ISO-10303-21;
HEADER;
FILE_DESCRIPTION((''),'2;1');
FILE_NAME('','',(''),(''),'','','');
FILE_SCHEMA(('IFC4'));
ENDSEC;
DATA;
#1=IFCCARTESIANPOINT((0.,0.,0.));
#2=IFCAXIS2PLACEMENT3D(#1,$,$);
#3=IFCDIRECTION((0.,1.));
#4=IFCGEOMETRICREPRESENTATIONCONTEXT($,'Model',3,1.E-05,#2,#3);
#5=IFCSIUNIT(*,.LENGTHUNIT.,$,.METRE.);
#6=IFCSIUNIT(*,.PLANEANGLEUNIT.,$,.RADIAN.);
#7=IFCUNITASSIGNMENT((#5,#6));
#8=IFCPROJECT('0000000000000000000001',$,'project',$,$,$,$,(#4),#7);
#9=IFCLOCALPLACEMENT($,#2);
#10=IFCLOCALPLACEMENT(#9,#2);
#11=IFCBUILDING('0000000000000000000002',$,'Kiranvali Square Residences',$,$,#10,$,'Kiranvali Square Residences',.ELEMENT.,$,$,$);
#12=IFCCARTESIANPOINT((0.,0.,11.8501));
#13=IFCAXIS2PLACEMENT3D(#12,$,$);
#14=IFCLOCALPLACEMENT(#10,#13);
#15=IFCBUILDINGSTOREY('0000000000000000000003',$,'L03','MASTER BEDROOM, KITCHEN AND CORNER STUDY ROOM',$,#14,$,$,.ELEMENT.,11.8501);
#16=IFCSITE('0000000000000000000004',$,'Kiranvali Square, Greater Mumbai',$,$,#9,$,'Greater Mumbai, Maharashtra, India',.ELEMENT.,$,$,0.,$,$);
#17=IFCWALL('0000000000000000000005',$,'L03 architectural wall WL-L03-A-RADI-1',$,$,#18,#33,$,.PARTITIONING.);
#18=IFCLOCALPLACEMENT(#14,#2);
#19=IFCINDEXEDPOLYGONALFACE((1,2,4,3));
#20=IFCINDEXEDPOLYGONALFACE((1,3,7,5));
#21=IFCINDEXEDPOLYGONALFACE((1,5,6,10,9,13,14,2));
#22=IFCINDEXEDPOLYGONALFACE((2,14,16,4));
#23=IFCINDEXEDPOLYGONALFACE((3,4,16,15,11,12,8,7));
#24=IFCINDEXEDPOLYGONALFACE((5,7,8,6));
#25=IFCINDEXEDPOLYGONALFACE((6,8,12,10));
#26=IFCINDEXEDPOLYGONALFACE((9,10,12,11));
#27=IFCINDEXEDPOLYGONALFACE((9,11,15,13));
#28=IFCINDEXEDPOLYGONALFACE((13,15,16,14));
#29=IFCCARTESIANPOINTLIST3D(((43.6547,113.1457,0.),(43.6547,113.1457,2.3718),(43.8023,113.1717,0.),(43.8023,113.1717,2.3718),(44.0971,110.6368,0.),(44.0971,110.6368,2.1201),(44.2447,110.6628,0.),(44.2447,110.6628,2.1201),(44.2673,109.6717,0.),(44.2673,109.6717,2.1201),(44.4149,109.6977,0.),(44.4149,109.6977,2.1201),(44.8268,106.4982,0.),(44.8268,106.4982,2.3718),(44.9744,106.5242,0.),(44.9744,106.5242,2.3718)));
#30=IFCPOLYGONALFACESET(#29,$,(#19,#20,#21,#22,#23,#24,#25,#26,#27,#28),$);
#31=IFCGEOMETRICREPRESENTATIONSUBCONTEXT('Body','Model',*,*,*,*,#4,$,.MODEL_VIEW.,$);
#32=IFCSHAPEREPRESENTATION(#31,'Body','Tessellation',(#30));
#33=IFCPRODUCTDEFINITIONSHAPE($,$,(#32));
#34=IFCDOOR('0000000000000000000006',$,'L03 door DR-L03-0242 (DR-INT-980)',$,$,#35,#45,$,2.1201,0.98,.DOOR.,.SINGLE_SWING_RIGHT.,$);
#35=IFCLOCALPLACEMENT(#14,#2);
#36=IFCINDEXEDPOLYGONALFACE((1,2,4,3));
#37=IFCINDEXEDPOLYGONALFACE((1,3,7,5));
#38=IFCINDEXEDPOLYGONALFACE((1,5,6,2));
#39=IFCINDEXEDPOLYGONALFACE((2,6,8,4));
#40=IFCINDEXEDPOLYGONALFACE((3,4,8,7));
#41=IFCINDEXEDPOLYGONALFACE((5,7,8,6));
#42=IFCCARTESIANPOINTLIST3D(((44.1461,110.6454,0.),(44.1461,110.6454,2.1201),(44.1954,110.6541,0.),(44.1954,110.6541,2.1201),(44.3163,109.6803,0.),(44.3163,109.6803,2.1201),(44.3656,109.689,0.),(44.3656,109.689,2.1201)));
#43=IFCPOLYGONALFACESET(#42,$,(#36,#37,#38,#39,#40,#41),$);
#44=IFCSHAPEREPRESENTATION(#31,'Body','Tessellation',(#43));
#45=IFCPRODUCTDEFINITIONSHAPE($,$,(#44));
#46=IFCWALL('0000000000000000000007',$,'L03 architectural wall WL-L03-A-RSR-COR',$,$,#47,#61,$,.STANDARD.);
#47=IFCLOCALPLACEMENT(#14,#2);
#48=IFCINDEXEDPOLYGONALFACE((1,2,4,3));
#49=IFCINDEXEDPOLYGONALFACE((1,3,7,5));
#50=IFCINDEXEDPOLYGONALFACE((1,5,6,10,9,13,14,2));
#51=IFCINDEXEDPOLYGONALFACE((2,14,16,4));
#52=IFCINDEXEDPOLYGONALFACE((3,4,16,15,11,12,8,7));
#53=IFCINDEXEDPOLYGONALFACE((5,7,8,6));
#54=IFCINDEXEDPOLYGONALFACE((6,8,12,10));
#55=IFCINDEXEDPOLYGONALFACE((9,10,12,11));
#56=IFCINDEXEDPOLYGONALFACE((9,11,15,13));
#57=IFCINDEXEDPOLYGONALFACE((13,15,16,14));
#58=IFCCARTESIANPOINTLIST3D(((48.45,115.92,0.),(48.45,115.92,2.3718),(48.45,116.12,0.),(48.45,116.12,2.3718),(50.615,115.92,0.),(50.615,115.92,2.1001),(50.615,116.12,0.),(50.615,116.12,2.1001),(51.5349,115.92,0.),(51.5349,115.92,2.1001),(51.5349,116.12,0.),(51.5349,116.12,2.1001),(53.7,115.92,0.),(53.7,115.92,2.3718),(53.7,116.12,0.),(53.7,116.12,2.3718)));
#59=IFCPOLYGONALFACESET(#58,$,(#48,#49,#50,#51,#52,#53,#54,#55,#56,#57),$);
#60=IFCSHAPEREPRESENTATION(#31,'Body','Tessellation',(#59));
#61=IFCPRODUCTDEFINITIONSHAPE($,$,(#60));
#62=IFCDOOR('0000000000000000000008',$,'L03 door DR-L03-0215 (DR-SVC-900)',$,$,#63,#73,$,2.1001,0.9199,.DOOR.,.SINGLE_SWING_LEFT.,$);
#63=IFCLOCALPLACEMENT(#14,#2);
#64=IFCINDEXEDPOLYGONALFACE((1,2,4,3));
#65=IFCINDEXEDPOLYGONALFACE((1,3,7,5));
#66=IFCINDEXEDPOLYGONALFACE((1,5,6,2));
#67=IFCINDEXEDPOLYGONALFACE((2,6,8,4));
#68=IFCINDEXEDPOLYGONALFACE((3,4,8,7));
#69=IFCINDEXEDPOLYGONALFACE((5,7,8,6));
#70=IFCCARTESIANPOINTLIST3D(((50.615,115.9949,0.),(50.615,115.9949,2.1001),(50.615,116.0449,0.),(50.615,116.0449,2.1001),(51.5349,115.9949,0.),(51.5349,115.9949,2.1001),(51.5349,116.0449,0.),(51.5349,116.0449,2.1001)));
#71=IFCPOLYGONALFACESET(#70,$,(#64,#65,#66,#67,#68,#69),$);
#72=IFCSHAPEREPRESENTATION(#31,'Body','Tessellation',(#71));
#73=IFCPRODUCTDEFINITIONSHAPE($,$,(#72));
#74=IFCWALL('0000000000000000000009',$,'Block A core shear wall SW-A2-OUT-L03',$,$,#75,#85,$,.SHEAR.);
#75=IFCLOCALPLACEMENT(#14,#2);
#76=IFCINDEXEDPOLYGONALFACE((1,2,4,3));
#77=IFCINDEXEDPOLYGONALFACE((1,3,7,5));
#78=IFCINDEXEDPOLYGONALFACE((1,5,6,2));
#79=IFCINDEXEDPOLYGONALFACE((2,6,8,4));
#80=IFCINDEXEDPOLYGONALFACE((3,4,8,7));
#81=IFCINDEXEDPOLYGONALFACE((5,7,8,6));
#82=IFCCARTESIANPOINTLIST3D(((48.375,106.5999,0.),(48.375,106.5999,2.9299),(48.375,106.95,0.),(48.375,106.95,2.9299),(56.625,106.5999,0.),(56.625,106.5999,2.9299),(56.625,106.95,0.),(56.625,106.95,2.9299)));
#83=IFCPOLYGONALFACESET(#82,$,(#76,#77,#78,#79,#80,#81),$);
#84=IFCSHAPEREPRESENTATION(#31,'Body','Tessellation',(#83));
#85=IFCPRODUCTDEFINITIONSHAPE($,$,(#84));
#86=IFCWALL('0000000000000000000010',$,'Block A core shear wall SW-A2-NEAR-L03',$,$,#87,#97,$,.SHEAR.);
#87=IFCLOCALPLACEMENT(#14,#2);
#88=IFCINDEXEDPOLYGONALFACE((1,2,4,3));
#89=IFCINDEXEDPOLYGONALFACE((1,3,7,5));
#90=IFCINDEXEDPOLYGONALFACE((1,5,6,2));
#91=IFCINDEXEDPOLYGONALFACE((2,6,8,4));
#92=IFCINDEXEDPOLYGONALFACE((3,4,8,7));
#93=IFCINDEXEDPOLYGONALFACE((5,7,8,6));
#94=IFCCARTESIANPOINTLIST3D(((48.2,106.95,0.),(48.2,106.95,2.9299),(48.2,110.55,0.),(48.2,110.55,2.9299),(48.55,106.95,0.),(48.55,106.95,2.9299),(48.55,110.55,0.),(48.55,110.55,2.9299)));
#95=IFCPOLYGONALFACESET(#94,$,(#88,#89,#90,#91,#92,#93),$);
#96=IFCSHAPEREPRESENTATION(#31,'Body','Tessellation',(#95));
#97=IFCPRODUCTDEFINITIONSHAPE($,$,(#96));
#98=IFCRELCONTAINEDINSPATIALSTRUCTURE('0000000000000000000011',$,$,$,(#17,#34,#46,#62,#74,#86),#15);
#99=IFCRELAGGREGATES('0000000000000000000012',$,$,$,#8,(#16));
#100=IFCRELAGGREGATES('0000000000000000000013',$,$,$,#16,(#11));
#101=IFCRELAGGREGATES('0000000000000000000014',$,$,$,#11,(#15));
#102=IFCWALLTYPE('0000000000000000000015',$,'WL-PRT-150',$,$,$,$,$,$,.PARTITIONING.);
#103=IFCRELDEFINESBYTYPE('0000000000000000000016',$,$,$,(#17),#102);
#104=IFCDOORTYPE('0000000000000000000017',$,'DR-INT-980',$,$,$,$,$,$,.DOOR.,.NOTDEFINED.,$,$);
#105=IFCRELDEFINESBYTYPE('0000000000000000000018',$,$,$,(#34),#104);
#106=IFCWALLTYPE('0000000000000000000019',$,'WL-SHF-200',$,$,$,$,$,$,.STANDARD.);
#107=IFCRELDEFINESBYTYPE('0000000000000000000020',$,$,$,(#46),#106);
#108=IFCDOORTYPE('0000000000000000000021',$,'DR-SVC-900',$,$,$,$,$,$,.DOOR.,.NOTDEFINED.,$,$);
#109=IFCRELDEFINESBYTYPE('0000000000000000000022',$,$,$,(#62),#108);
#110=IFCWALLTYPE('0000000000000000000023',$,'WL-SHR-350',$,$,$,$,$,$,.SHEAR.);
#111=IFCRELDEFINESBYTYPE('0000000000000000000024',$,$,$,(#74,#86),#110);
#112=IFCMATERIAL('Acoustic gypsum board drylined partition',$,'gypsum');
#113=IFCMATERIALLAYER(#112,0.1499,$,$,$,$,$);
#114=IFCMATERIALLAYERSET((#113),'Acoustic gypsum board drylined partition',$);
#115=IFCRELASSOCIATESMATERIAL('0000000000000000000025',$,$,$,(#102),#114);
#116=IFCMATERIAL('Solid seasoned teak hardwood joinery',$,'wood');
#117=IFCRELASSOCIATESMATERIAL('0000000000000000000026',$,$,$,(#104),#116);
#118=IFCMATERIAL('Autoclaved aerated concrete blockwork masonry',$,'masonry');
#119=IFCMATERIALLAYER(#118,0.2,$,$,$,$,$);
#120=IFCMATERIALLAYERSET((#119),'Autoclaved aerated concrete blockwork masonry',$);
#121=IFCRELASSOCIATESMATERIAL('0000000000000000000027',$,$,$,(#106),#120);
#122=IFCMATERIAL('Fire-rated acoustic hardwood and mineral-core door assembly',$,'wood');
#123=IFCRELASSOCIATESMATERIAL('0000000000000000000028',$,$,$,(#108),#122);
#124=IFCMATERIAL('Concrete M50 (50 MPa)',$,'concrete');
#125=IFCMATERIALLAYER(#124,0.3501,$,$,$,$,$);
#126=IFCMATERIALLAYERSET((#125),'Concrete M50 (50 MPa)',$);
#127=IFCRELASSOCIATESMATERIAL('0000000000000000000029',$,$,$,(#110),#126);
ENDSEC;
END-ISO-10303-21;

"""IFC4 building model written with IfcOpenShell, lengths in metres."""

from ifc_helpers import new_model, si_unit, direction, frame, frame_2d, origin, place, context, subcontext, project, spatial, rectangle, extrude, material, layer, layer_set, type_object, element, fill, save


model = new_model("IFC4")

# Units and contexts
model_context = context("Model", 3, precision=1e-05, world=origin(), true_north=direction((0.0, 1.0)))
body_context = subcontext(model_context, "Body", "Model", "MODEL_VIEW")
ifc_project = project(units=[si_unit("LENGTHUNIT", "METRE"), si_unit("PLANEANGLEUNIT", "RADIAN")], contexts=[model_context])

# Site, building, storey
site_placement = place(None, origin())
site = spatial("IfcSite", under=ifc_project, at=site_placement, Name="Kiranvali Square, Greater Mumbai", LongName="Greater Mumbai, Maharashtra, India", CompositionType="ELEMENT", RefElevation=0.0)
building_placement = place(site_placement, origin())
building = spatial("IfcBuilding", under=site, at=building_placement, Name="Kiranvali Square Residences", LongName="Kiranvali Square Residences", CompositionType="ELEMENT")
storey_placement = place(building_placement, frame((0.0, 0.0, 11.8501)))
storey = spatial("IfcBuildingStorey", under=building, at=storey_placement, Name="L03", Description="MASTER BEDROOM, KITCHEN AND CORNER STUDY ROOM", CompositionType="ELEMENT", Elevation=11.8501)

# Shared definitions
ifc_material_1 = material(Name="Autoclaved aerated concrete blockwork masonry", Category="masonry")
ifc_material_2 = material(Name="Fire-rated acoustic hardwood and mineral-core door assembly", Category="wood")

# Walls, openings, doors
ifc_material_3 = material(Name="Acoustic gypsum board drylined partition", Category="gypsum")
ifc_layer_1 = layer(ifc_material_3, 0.1499)
ifc_layer_set_1 = layer_set([ifc_layer_1], Name="Acoustic gypsum board drylined partition")
wall_type_1 = type_object("IfcWallType", Name="WL-PRT-150", PredefinedType="PARTITIONING", material=ifc_layer_set_1)
wall_1_placement = place(storey_placement, frame((44.9006, 106.5112, 0.0), z_axis=(0.0, 0.0, 1.0), x_axis=(-0.173647, 0.984808, 0.0)))
wall_1 = element("IfcWall", 1, at=wall_1_placement, inside=storey, type_object=wall_type_1, Name="L03 architectural wall WL-L03-A-RADI-1", PredefinedType="PARTITIONING", context=body_context, shape_type="SweptSolid", body=[
    extrude(rectangle(XDim=6.75, YDim=0.1499, at=frame_2d((3.375, 0.0))), origin(), (0.0, 0.0, 1.0), 2.3718),
])
opening_1_placement = place(wall_1_placement, frame((3.2224, 0.0, 0.0)))
opening_1 = element("IfcOpeningElement", 2, at=opening_1_placement, cuts=wall_1, PredefinedType="OPENING", context=body_context, shape_type="SweptSolid", body=[
    extrude(rectangle(XDim=0.98, YDim=2.1201, at=frame_2d((0.49, 1.0601))), frame((0.0, 0.085, 0.0), z_axis=(0.0, -1.0, 0.0), x_axis=(1.0, 0.0, 0.0)), (0.0, 0.0, 1.0), 0.1699),
])
ifc_material_4 = material(Name="Solid seasoned teak hardwood joinery", Category="wood")
door_type_1 = type_object("IfcDoorType", Name="DR-INT-980", OperationType="NOTDEFINED", PredefinedType="DOOR", material=ifc_material_4)
door_1_placement = place(opening_1_placement, frame((0.98, 0.0, 0.0), z_axis=(0.0, 0.0, 1.0), x_axis=(-1.0, 0.0, 0.0)))
door_1 = element("IfcDoor", 3, at=door_1_placement, inside=storey, type_object=door_type_1, Name="L03 door DR-L03-0242 (DR-INT-980)", OperationType="SINGLE_SWING_RIGHT", OverallHeight=2.1201, OverallWidth=0.98, PredefinedType="DOOR", context=body_context, shape_type="SweptSolid", body=[
    extrude(rectangle(XDim=0.98, YDim=2.1201, at=frame_2d((0.49, 1.0601))), frame((0.0, 0.0249, 0.0), z_axis=(0.0, -1.0, 0.0), x_axis=(1.0, 0.0, 0.0)), (0.0, 0.0, 1.0), 0.05),
])
fill(opening_1, door_1)
ifc_layer_2 = layer(ifc_material_1, 0.2)
ifc_layer_set_2 = layer_set([ifc_layer_2], Name="Autoclaved aerated concrete blockwork masonry")
wall_type_2 = type_object("IfcWallType", Name="WL-SHF-200", PredefinedType="STANDARD", material=ifc_layer_set_2)
wall_2_placement = place(storey_placement, frame((48.45, 116.02, 0.0), z_axis=(0.0, 0.0, 1.0), x_axis=(1.0, 0.0, 0.0)))
wall_2 = element("IfcWall", 4, at=wall_2_placement, inside=storey, type_object=wall_type_2, Name="L03 architectural wall WL-L03-A-RSR-COR", PredefinedType="STANDARD", context=body_context, shape_type="SweptSolid", body=[
    extrude(rectangle(XDim=5.25, YDim=0.2, at=frame_2d((2.625, 0.0))), origin(), (0.0, 0.0, 1.0), 2.3718),
])
opening_2_placement = place(wall_2_placement, frame((2.165, 0.0, 0.0)))
opening_2 = element("IfcOpeningElement", 5, at=opening_2_placement, cuts=wall_2, PredefinedType="OPENING", context=body_context, shape_type="SweptSolid", body=[
    extrude(rectangle(XDim=0.9199, YDim=2.1001, at=frame_2d((0.46, 1.05))), frame((0.0, 0.1099, 0.0), z_axis=(0.0, -1.0, 0.0), x_axis=(1.0, 0.0, 0.0)), (0.0, 0.0, 1.0), 0.22),
])
door_type_2 = type_object("IfcDoorType", Name="DR-SVC-900", OperationType="NOTDEFINED", PredefinedType="DOOR", material=ifc_material_2)
door_2_placement = place(opening_2_placement, origin())
door_2 = element("IfcDoor", 6, at=door_2_placement, inside=storey, type_object=door_type_2, Name="L03 door DR-L03-0215 (DR-SVC-900)", OperationType="SINGLE_SWING_LEFT", OverallHeight=2.1001, OverallWidth=0.9199, PredefinedType="DOOR", context=body_context, shape_type="SweptSolid", body=[
    extrude(rectangle(XDim=0.9199, YDim=2.1001, at=frame_2d((0.46, 1.05))), frame((0.0, 0.0249, 0.0), z_axis=(0.0, -1.0, 0.0), x_axis=(1.0, 0.0, 0.0)), (0.0, 0.0, 1.0), 0.05),
])
fill(opening_2, door_2)

# Wall
ifc_material_5 = material(Name="Concrete M50 (50 MPa)", Category="concrete")
ifc_layer_3 = layer(ifc_material_5, 0.3501)
ifc_layer_set_3 = layer_set([ifc_layer_3], Name="Concrete M50 (50 MPa)")
wall_type_3 = type_object("IfcWallType", Name="WL-SHR-350", PredefinedType="SHEAR", material=ifc_layer_set_3)
wall_3_placement = place(storey_placement, frame((48.375, 106.7749, 0.0), z_axis=(0.0, 0.0, 1.0), x_axis=(1.0, 0.0, 0.0)))
element("IfcWall", 7, at=wall_3_placement, inside=storey, type_object=wall_type_3, Name="Block A core shear wall SW-A2-OUT-L03", PredefinedType="SHEAR", context=body_context, shape_type="SweptSolid", body=[
    extrude(rectangle(XDim=8.25, YDim=0.3501, at=frame_2d((4.125, 0.0))), origin(), (0.0, 0.0, 1.0), 2.9299),
])

# Wall
wall_4_placement = place(storey_placement, frame((48.375, 106.95, 0.0), z_axis=(0.0, 0.0, 1.0), x_axis=(0.0, 1.0, 0.0)))
element("IfcWall", 8, at=wall_4_placement, inside=storey, type_object=wall_type_3, Name="Block A core shear wall SW-A2-NEAR-L03", PredefinedType="SHEAR", context=body_context, shape_type="SweptSolid", body=[
    extrude(rectangle(XDim=3.6001, YDim=0.3501, at=frame_2d((1.8, 0.0))), origin(), (0.0, 0.0, 1.0), 2.9299),
])

save(model, "model.ifc")
